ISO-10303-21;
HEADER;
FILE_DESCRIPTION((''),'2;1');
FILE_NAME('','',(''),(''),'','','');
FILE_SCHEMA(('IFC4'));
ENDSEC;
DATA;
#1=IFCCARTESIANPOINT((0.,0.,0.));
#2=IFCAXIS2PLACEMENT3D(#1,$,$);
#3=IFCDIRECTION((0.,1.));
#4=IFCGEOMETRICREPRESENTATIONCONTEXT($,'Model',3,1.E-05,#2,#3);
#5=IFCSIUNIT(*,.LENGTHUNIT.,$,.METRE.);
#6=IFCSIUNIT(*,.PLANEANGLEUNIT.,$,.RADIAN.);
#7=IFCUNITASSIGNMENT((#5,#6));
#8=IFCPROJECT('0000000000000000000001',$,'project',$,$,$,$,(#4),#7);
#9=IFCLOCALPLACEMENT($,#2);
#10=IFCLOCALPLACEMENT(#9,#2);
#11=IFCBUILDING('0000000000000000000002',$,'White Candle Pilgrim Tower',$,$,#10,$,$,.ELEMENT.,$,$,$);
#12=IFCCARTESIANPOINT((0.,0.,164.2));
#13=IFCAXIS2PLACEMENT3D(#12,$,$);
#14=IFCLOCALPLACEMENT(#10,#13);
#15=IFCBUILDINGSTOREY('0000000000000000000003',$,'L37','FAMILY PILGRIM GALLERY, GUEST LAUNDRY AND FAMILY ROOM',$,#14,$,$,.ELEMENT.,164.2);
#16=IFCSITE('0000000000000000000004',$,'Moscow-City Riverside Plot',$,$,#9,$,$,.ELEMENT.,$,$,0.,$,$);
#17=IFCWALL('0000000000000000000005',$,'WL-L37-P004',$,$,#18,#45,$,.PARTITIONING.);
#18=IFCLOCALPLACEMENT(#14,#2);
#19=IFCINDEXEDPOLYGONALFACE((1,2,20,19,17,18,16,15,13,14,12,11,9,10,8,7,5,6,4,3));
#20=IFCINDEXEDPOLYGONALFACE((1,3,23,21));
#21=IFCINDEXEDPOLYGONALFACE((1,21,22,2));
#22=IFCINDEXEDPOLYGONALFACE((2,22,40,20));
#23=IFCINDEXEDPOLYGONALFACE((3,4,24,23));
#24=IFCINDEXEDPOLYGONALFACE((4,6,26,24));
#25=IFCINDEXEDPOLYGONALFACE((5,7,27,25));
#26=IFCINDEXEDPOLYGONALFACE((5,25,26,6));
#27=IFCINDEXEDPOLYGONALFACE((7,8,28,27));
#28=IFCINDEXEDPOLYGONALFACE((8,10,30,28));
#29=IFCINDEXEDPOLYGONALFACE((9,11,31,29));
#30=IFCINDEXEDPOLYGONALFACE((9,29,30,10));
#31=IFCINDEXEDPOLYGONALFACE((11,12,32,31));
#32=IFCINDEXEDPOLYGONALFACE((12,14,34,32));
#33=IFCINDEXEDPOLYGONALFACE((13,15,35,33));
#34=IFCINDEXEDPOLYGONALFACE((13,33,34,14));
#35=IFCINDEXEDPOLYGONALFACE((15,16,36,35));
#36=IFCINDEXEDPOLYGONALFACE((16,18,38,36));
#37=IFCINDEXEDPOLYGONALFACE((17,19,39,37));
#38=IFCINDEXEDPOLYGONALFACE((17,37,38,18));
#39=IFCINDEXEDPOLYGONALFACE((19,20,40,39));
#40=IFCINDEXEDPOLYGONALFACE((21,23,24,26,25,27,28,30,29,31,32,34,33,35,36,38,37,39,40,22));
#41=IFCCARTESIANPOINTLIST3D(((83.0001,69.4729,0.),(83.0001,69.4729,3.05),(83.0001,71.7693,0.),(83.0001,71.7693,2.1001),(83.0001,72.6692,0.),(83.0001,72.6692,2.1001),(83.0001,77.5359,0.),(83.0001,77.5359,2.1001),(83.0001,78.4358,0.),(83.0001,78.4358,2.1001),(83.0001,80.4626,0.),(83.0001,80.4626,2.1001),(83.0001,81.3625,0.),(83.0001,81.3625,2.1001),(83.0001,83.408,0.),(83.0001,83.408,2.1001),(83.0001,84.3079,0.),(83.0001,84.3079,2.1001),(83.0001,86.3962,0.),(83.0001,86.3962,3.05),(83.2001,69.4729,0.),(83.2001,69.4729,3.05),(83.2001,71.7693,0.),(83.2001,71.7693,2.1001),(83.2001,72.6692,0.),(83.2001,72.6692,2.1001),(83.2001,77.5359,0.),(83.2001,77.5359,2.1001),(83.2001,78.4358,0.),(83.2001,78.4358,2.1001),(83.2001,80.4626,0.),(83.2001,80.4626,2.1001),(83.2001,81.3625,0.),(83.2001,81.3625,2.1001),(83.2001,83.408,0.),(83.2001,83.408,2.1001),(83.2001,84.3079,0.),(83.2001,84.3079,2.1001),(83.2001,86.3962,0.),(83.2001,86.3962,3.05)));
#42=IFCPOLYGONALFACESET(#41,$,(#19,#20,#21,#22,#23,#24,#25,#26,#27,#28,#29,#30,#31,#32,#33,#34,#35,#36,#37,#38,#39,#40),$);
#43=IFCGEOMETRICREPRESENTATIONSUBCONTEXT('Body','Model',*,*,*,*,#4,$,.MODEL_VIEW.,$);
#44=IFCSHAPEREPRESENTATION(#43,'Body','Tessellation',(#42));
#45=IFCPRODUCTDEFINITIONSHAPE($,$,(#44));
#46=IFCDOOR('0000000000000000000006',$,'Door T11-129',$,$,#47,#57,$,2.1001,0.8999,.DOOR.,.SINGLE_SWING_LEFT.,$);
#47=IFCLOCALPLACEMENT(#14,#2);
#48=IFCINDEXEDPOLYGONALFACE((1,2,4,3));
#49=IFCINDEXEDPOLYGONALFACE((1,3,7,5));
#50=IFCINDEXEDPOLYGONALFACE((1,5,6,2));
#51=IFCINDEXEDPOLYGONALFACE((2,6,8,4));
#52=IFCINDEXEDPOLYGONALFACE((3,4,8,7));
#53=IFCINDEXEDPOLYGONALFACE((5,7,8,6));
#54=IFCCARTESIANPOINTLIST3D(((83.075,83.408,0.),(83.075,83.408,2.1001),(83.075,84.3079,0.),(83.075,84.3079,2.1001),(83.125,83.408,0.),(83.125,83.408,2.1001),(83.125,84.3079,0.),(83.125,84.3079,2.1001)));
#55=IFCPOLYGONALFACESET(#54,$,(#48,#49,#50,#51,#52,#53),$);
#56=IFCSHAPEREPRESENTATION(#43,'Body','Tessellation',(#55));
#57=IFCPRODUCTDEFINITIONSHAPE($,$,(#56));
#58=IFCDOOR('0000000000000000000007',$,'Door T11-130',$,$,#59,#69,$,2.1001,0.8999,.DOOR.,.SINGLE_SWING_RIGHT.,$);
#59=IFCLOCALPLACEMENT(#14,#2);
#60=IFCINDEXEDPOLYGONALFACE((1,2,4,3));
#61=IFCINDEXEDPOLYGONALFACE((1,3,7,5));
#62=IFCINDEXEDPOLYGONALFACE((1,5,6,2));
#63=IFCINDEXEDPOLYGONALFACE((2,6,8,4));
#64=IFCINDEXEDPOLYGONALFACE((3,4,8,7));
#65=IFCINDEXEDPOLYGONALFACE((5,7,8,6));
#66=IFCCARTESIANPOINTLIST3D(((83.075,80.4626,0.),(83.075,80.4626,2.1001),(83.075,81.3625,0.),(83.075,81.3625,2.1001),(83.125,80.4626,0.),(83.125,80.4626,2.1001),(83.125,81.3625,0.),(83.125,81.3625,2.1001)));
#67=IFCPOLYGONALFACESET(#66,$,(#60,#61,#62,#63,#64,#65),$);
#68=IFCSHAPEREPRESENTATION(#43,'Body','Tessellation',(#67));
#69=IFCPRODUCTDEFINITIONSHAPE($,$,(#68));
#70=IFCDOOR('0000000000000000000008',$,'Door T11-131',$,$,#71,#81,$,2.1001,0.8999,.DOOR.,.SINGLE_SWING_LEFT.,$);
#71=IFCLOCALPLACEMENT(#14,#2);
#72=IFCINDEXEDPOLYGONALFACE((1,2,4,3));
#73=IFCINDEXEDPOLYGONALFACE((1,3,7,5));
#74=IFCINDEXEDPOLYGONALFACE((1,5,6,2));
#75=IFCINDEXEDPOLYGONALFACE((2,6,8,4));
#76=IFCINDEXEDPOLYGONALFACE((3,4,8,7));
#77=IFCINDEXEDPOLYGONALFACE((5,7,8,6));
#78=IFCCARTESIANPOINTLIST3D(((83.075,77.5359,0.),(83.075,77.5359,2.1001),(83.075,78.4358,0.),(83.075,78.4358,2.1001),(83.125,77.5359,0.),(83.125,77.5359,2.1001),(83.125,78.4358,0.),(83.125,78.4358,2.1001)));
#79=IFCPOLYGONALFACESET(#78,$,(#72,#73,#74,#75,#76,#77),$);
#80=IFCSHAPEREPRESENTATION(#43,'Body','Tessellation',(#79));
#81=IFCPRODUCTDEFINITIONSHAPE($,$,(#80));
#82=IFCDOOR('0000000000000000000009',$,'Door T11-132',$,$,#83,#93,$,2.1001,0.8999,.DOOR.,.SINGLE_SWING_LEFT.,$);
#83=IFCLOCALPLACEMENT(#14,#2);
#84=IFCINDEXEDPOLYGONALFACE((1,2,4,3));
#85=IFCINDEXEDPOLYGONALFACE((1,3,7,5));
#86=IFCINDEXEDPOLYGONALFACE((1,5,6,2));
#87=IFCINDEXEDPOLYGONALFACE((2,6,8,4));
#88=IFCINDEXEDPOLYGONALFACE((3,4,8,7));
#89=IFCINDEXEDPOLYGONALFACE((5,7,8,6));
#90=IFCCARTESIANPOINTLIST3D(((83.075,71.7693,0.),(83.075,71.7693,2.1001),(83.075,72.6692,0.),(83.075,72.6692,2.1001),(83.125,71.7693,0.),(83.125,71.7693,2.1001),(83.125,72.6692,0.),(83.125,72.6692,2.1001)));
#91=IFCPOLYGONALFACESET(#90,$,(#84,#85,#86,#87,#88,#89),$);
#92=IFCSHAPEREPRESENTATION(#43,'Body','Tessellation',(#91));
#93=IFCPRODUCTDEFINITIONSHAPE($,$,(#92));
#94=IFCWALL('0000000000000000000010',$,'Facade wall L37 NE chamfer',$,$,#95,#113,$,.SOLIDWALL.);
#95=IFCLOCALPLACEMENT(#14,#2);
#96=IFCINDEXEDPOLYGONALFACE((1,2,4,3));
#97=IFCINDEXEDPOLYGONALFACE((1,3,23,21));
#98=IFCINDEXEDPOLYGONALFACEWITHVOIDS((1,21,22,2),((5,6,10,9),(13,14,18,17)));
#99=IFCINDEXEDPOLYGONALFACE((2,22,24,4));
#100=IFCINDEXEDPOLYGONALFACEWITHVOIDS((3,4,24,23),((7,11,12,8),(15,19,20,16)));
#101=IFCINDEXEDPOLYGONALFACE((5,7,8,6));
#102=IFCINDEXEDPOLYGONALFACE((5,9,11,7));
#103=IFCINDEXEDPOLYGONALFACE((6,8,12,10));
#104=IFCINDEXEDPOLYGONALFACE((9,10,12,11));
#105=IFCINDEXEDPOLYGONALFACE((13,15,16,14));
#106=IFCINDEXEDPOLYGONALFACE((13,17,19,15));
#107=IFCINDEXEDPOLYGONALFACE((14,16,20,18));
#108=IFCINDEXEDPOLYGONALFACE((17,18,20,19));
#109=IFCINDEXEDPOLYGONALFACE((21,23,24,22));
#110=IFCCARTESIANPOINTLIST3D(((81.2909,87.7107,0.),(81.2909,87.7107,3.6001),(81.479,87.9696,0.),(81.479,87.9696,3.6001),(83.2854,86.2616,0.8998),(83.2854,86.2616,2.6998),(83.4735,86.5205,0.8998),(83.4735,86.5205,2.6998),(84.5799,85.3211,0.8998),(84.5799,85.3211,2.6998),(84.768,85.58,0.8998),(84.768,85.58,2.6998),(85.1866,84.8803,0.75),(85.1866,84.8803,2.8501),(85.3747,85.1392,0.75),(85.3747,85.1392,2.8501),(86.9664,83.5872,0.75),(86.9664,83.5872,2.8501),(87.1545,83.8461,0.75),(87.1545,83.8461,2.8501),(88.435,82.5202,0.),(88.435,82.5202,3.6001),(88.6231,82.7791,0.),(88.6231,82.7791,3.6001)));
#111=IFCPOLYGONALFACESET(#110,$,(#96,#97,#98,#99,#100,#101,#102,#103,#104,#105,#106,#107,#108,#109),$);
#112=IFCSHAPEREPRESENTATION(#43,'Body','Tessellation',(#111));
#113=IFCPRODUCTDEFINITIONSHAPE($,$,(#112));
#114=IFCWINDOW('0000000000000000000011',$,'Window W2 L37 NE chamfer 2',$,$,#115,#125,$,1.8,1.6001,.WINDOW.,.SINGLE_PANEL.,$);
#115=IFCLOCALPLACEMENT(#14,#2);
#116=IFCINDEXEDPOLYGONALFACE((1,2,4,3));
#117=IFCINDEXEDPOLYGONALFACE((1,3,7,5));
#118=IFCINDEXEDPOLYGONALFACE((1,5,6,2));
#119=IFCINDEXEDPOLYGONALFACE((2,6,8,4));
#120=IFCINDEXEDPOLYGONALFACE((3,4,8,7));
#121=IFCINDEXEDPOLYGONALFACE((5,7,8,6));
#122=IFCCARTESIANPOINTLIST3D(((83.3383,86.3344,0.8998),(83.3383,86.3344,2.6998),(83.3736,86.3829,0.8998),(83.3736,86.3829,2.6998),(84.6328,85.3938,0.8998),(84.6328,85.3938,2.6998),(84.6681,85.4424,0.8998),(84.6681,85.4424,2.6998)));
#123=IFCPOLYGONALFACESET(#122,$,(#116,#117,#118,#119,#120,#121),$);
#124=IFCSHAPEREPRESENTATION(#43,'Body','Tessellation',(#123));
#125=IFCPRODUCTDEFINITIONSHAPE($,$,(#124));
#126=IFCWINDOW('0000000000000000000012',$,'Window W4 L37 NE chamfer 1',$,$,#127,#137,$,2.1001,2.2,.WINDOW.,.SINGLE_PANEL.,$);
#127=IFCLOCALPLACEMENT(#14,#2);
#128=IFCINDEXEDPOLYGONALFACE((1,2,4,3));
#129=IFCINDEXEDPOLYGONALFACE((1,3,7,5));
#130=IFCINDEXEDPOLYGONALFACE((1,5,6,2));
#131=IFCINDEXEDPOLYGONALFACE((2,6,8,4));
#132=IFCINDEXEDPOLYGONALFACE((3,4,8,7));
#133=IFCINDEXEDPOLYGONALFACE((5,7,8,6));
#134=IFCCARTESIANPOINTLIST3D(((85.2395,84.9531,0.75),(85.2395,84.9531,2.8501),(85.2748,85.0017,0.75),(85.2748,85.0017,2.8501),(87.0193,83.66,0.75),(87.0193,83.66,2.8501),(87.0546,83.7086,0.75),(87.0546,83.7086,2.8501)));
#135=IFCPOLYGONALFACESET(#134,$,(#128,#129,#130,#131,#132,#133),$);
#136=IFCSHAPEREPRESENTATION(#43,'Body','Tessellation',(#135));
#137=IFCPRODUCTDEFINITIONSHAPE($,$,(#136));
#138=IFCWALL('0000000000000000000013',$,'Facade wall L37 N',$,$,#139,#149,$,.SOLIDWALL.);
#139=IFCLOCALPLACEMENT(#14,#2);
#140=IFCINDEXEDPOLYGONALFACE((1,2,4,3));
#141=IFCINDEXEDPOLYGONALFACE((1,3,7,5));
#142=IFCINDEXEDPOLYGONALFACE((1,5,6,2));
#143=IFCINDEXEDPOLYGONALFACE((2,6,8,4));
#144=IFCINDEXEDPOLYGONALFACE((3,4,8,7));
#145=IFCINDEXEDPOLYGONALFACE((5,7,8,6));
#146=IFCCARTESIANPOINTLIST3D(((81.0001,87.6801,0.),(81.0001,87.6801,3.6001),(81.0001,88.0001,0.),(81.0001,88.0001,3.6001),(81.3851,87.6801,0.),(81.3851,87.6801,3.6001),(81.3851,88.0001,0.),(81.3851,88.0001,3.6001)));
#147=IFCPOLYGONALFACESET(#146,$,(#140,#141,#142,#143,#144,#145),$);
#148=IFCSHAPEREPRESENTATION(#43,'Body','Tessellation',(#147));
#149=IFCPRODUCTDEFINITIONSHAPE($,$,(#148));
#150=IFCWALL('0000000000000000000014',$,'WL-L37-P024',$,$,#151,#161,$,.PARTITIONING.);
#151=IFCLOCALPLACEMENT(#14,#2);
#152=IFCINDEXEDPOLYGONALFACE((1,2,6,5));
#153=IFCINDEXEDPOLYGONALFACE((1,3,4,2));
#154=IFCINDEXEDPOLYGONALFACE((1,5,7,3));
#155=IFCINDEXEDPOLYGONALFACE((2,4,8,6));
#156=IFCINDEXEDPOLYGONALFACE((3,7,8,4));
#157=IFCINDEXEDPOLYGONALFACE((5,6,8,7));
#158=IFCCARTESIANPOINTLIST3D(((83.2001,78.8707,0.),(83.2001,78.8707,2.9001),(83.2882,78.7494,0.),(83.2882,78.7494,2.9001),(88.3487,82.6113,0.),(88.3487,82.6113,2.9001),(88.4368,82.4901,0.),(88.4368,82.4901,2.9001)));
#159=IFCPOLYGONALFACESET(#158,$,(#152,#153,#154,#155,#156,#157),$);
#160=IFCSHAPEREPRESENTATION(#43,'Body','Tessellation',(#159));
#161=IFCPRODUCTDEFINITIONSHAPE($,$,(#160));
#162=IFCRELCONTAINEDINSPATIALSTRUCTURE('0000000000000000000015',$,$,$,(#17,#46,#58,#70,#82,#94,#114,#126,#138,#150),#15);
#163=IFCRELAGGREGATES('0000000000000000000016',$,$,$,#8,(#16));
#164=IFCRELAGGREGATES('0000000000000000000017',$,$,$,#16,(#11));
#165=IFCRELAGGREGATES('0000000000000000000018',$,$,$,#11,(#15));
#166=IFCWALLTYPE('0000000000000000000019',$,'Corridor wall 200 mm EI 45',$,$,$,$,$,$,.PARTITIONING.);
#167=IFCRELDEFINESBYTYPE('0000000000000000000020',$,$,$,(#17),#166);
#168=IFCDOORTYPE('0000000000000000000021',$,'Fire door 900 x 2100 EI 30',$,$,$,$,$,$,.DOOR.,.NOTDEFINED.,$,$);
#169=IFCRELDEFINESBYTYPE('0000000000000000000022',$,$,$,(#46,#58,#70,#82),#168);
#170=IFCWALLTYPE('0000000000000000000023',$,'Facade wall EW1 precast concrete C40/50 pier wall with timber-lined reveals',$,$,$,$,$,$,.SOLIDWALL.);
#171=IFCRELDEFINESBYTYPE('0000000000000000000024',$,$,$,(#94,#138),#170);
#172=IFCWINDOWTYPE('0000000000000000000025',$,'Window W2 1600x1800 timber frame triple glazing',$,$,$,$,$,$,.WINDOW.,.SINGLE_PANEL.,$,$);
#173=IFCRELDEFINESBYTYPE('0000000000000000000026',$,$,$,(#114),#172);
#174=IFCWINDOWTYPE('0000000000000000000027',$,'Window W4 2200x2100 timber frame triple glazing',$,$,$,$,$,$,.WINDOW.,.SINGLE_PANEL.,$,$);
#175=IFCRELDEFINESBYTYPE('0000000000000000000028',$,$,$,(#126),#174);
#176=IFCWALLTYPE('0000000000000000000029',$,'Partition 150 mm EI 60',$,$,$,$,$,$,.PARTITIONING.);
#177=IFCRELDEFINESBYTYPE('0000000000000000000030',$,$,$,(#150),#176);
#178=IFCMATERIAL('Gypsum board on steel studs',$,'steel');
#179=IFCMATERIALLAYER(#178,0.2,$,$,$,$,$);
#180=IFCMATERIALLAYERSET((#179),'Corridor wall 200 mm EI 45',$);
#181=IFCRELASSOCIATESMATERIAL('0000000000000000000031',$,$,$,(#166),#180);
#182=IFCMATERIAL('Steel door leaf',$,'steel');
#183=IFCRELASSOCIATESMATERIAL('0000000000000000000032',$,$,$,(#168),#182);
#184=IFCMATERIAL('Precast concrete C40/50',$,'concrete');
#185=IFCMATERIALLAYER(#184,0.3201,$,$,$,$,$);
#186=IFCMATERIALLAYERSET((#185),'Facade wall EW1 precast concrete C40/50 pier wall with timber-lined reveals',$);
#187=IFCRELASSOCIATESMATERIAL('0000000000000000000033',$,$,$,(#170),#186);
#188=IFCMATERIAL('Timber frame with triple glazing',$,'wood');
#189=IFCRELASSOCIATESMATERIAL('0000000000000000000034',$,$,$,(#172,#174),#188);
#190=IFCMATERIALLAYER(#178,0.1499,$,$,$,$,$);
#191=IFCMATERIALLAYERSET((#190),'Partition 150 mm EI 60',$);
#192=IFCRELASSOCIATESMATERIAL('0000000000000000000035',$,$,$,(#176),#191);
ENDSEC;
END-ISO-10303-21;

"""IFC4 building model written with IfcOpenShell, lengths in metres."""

from ifc_helpers import new_model, si_unit, direction, frame, frame_2d, origin, place, context, subcontext, project, spatial, rectangle, extrude, material, layer, layer_set, type_object, element, fill, save


model = new_model("IFC4")

# Units and contexts
model_context = context("Model", 3, precision=1e-05, world=origin(), true_north=direction((0.0, 1.0)))
body_context = subcontext(model_context, "Body", "Model", "MODEL_VIEW")
ifc_project = project(units=[si_unit("LENGTHUNIT", "METRE"), si_unit("PLANEANGLEUNIT", "RADIAN")], contexts=[model_context])

# Site, building, storey
site_placement = place(None, origin())
site = spatial("IfcSite", under=ifc_project, at=site_placement, Name="Moscow-City Riverside Plot", CompositionType="ELEMENT", RefElevation=0.0)
building_placement = place(site_placement, origin())
building = spatial("IfcBuilding", under=site, at=building_placement, Name="White Candle Pilgrim Tower", CompositionType="ELEMENT")
storey_placement = place(building_placement, frame((0.0, 0.0, 164.2)))
storey = spatial("IfcBuildingStorey", under=building, at=storey_placement, Name="L37", Description="FAMILY PILGRIM GALLERY, GUEST LAUNDRY AND FAMILY ROOM", CompositionType="ELEMENT", Elevation=164.2)

# Shared definitions
ifc_material_1 = material(Name="Steel door leaf", Category="steel")

# Wall, openings, doors
ifc_material_2 = material(Name="Gypsum board on steel studs", Category="steel")
ifc_layer_1 = layer(ifc_material_2, 0.2)
ifc_layer_set_1 = layer_set([ifc_layer_1], Name="Corridor wall 200 mm EI 45")
wall_type_1 = type_object("IfcWallType", Name="Corridor wall 200 mm EI 45", PredefinedType="PARTITIONING", material=ifc_layer_set_1)
wall_1_placement = place(storey_placement, frame((83.1001, 86.3962, 0.0), z_axis=(0.0, 0.0, 1.0), x_axis=(0.0, -1.0, 0.0)))
wall_1 = element("IfcWall", 1, at=wall_1_placement, inside=storey, type_object=wall_type_1, Name="WL-L37-P004", PredefinedType="PARTITIONING", context=body_context, shape_type="SweptSolid", body=[
    extrude(rectangle(XDim=16.9233, YDim=0.2, at=frame_2d((8.4617, 0.0))), origin(), (0.0, 0.0, 1.0), 3.05),
])
opening_1_placement = place(wall_1_placement, frame((2.0884, 0.0, 0.0)))
opening_1 = element("IfcOpeningElement", 2, at=opening_1_placement, cuts=wall_1, PredefinedType="OPENING", context=body_context, shape_type="SweptSolid", body=[
    extrude(rectangle(XDim=0.8999, YDim=2.1001, at=frame_2d((0.45, 1.05))), frame((0.0, 0.1099, 0.0), z_axis=(0.0, -1.0, 0.0), x_axis=(1.0, 0.0, 0.0)), (0.0, 0.0, 1.0), 0.22),
])
opening_2_placement = place(wall_1_placement, frame((5.0337, 0.0, 0.0)))
opening_2 = element("IfcOpeningElement", 3, at=opening_2_placement, cuts=wall_1, PredefinedType="OPENING", context=body_context, shape_type="SweptSolid", body=[
    extrude(rectangle(XDim=0.8999, YDim=2.1001, at=frame_2d((0.45, 1.05))), frame((0.0, 0.1099, 0.0), z_axis=(0.0, -1.0, 0.0), x_axis=(1.0, 0.0, 0.0)), (0.0, 0.0, 1.0), 0.22),
])
opening_3_placement = place(wall_1_placement, frame((7.9604, 0.0, 0.0)))
opening_3 = element("IfcOpeningElement", 4, at=opening_3_placement, cuts=wall_1, PredefinedType="OPENING", context=body_context, shape_type="SweptSolid", body=[
    extrude(rectangle(XDim=0.8999, YDim=2.1001, at=frame_2d((0.45, 1.05))), frame((0.0, 0.1099, 0.0), z_axis=(0.0, -1.0, 0.0), x_axis=(1.0, 0.0, 0.0)), (0.0, 0.0, 1.0), 0.22),
])
opening_4_placement = place(wall_1_placement, frame((13.7271, 0.0, 0.0)))
opening_4 = element("IfcOpeningElement", 5, at=opening_4_placement, cuts=wall_1, PredefinedType="OPENING", context=body_context, shape_type="SweptSolid", body=[
    extrude(rectangle(XDim=0.8999, YDim=2.1001, at=frame_2d((0.45, 1.05))), frame((0.0, 0.1099, 0.0), z_axis=(0.0, -1.0, 0.0), x_axis=(1.0, 0.0, 0.0)), (0.0, 0.0, 1.0), 0.22),
])
door_type_1 = type_object("IfcDoorType", Name="Fire door 900 x 2100 EI 30", OperationType="NOTDEFINED", PredefinedType="DOOR", material=ifc_material_1)
door_1_placement = place(opening_1_placement, origin())
door_1 = element("IfcDoor", 6, at=door_1_placement, inside=storey, type_object=door_type_1, Name="Door T11-129", OperationType="SINGLE_SWING_LEFT", OverallHeight=2.1001, OverallWidth=0.8999, PredefinedType="DOOR", context=body_context, shape_type="SweptSolid", body=[
    extrude(rectangle(XDim=0.8999, YDim=2.1001, at=frame_2d((0.45, 1.05))), frame((0.0, 0.0249, 0.0), z_axis=(0.0, -1.0, 0.0), x_axis=(1.0, 0.0, 0.0)), (0.0, 0.0, 1.0), 0.05),
])
fill(opening_1, door_1)
door_2_placement = place(opening_2_placement, origin())
door_2 = element("IfcDoor", 7, at=door_2_placement, inside=storey, type_object=door_type_1, Name="Door T11-130", OperationType="SINGLE_SWING_RIGHT", OverallHeight=2.1001, OverallWidth=0.8999, PredefinedType="DOOR", context=body_context, shape_type="SweptSolid", body=[
    extrude(rectangle(XDim=0.8999, YDim=2.1001, at=frame_2d((0.45, 1.05))), frame((0.0, 0.0249, 0.0), z_axis=(0.0, -1.0, 0.0), x_axis=(1.0, 0.0, 0.0)), (0.0, 0.0, 1.0), 0.05),
])
fill(opening_2, door_2)
door_3_placement = place(opening_3_placement, origin())
door_3 = element("IfcDoor", 8, at=door_3_placement, inside=storey, type_object=door_type_1, Name="Door T11-131", OperationType="SINGLE_SWING_LEFT", OverallHeight=2.1001, OverallWidth=0.8999, PredefinedType="DOOR", context=body_context, shape_type="SweptSolid", body=[
    extrude(rectangle(XDim=0.8999, YDim=2.1001, at=frame_2d((0.45, 1.05))), frame((0.0, 0.0249, 0.0), z_axis=(0.0, -1.0, 0.0), x_axis=(1.0, 0.0, 0.0)), (0.0, 0.0, 1.0), 0.05),
])
fill(opening_3, door_3)
door_4_placement = place(opening_4_placement, origin())
door_4 = element("IfcDoor", 9, at=door_4_placement, inside=storey, type_object=door_type_1, Name="Door T11-132", OperationType="SINGLE_SWING_LEFT", OverallHeight=2.1001, OverallWidth=0.8999, PredefinedType="DOOR", context=body_context, shape_type="SweptSolid", body=[
    extrude(rectangle(XDim=0.8999, YDim=2.1001, at=frame_2d((0.45, 1.05))), frame((0.0, 0.0249, 0.0), z_axis=(0.0, -1.0, 0.0), x_axis=(1.0, 0.0, 0.0)), (0.0, 0.0, 1.0), 0.05),
])
fill(opening_4, door_4)

# Wall, openings, windows
ifc_material_3 = material(Name="Precast concrete C40/50", Category="concrete")
ifc_layer_2 = layer(ifc_material_3, 0.3201)
ifc_layer_set_2 = layer_set([ifc_layer_2], Name="Facade wall EW1 precast concrete C40/50 pier wall with timber-lined reveals")
wall_type_2 = type_object("IfcWallType", Name="Facade wall EW1 precast concrete C40/50 pier wall with timber-lined reveals", PredefinedType="SOLIDWALL", material=ifc_layer_set_2)
wall_2_placement = place(storey_placement, frame((88.5291, 82.6497, 0.0), z_axis=(0.0, 0.0, 1.0), x_axis=(-0.809018, 0.587784, 0.0)))
wall_2 = element("IfcWall", 10, at=wall_2_placement, inside=storey, type_object=wall_type_2, Name="Facade wall L37 NE chamfer", PredefinedType="SOLIDWALL", context=body_context, shape_type="SweptSolid", body=[
    extrude(rectangle(XDim=8.8306, YDim=0.3201, at=frame_2d((4.4153, 0.0))), origin(), (0.0, 0.0, 1.0), 3.6001),
])
opening_5_placement = place(wall_2_placement, frame((1.8152, 0.0, 0.75)))
opening_5 = element("IfcOpeningElement", 11, at=opening_5_placement, cuts=wall_2, PredefinedType="OPENING", context=body_context, shape_type="SweptSolid", body=[
    extrude(rectangle(XDim=2.2, YDim=2.1001, at=frame_2d((1.1001, 1.05))), frame((0.0, 0.1699, 0.0), z_axis=(0.0, -1.0, 0.0), x_axis=(1.0, 0.0, 0.0)), (0.0, 0.0, 1.0), 0.3401),
])
opening_6_placement = place(wall_2_placement, frame((4.7651, 0.0, 0.8999)))
opening_6 = element("IfcOpeningElement", 12, at=opening_6_placement, cuts=wall_2, PredefinedType="OPENING", context=body_context, shape_type="SweptSolid", body=[
    extrude(rectangle(XDim=1.6001, YDim=1.8, at=frame_2d((0.8, 0.8999))), frame((0.0, 0.1699, 0.0), z_axis=(0.0, -1.0, 0.0), x_axis=(1.0, 0.0, 0.0)), (0.0, 0.0, 1.0), 0.3401),
])
ifc_material_4 = material(Name="Timber frame with triple glazing", Category="wood")
window_type_1 = type_object("IfcWindowType", Name="Window W2 1600x1800 timber frame triple glazing", PartitioningType="SINGLE_PANEL", PredefinedType="WINDOW", material=ifc_material_4)
window_1_placement = place(opening_6_placement, origin())
window_1 = element("IfcWindow", 13, at=window_1_placement, inside=storey, type_object=window_type_1, Name="Window W2 L37 NE chamfer 2", OverallHeight=1.8, OverallWidth=1.6001, PartitioningType="SINGLE_PANEL", PredefinedType="WINDOW", context=body_context, shape_type="SweptSolid", body=[
    extrude(rectangle(XDim=1.6001, YDim=1.8, at=frame_2d((0.8, 0.8999))), frame((0.0, 0.0701, 0.0), z_axis=(0.0, -1.0, 0.0), x_axis=(1.0, 0.0, 0.0)), (0.0, 0.0, 1.0), 0.0601),
])
fill(opening_6, window_1)
window_type_2 = type_object("IfcWindowType", Name="Window W4 2200x2100 timber frame triple glazing", PartitioningType="SINGLE_PANEL", PredefinedType="WINDOW", material=ifc_material_4)
window_2_placement = place(opening_5_placement, origin())
window_2 = element("IfcWindow", 14, at=window_2_placement, inside=storey, type_object=window_type_2, Name="Window W4 L37 NE chamfer 1", OverallHeight=2.1001, OverallWidth=2.2, PartitioningType="SINGLE_PANEL", PredefinedType="WINDOW", context=body_context, shape_type="SweptSolid", body=[
    extrude(rectangle(XDim=2.2, YDim=2.1001, at=frame_2d((1.1001, 1.05))), frame((0.0, 0.0701, 0.0), z_axis=(0.0, -1.0, 0.0), x_axis=(1.0, 0.0, 0.0)), (0.0, 0.0, 1.0), 0.0601),
])
fill(opening_5, window_2)

# Walls
wall_3_placement = place(storey_placement, frame((81.385, 87.8401, 0.0), z_axis=(0.0, 0.0, 1.0), x_axis=(-1.0, 0.0, 0.0)))
element("IfcWall", 15, at=wall_3_placement, inside=storey, type_object=wall_type_2, Name="Facade wall L37 N", PredefinedType="SOLIDWALL", context=body_context, shape_type="SweptSolid", body=[
    extrude(rectangle(XDim=0.385, YDim=0.3201, at=frame_2d((0.1924, 0.0))), origin(), (0.0, 0.0, 1.0), 3.6001),
])
ifc_layer_3 = layer(ifc_material_2, 0.1499)
ifc_layer_set_3 = layer_set([ifc_layer_3], Name="Partition 150 mm EI 60")
wall_type_3 = type_object("IfcWallType", Name="Partition 150 mm EI 60", PredefinedType="PARTITIONING", material=ifc_layer_set_3)
wall_4_placement = place(storey_placement, frame((88.3928, 82.5508, 0.0), z_axis=(0.0, 0.0, 1.0), x_axis=(-0.809018, -0.587784, 0.0)))
element("IfcWall", 16, at=wall_4_placement, inside=storey, type_object=wall_type_3, Name="WL-L37-P024", PredefinedType="PARTITIONING", context=body_context, shape_type="SweptSolid", body=[
    extrude(rectangle(XDim=6.364, YDim=0.1499, at=frame_2d((3.1821, 0.0))), origin(), (0.0, 0.0, 1.0), 2.9001),
])

save(model, "model.ifc")
